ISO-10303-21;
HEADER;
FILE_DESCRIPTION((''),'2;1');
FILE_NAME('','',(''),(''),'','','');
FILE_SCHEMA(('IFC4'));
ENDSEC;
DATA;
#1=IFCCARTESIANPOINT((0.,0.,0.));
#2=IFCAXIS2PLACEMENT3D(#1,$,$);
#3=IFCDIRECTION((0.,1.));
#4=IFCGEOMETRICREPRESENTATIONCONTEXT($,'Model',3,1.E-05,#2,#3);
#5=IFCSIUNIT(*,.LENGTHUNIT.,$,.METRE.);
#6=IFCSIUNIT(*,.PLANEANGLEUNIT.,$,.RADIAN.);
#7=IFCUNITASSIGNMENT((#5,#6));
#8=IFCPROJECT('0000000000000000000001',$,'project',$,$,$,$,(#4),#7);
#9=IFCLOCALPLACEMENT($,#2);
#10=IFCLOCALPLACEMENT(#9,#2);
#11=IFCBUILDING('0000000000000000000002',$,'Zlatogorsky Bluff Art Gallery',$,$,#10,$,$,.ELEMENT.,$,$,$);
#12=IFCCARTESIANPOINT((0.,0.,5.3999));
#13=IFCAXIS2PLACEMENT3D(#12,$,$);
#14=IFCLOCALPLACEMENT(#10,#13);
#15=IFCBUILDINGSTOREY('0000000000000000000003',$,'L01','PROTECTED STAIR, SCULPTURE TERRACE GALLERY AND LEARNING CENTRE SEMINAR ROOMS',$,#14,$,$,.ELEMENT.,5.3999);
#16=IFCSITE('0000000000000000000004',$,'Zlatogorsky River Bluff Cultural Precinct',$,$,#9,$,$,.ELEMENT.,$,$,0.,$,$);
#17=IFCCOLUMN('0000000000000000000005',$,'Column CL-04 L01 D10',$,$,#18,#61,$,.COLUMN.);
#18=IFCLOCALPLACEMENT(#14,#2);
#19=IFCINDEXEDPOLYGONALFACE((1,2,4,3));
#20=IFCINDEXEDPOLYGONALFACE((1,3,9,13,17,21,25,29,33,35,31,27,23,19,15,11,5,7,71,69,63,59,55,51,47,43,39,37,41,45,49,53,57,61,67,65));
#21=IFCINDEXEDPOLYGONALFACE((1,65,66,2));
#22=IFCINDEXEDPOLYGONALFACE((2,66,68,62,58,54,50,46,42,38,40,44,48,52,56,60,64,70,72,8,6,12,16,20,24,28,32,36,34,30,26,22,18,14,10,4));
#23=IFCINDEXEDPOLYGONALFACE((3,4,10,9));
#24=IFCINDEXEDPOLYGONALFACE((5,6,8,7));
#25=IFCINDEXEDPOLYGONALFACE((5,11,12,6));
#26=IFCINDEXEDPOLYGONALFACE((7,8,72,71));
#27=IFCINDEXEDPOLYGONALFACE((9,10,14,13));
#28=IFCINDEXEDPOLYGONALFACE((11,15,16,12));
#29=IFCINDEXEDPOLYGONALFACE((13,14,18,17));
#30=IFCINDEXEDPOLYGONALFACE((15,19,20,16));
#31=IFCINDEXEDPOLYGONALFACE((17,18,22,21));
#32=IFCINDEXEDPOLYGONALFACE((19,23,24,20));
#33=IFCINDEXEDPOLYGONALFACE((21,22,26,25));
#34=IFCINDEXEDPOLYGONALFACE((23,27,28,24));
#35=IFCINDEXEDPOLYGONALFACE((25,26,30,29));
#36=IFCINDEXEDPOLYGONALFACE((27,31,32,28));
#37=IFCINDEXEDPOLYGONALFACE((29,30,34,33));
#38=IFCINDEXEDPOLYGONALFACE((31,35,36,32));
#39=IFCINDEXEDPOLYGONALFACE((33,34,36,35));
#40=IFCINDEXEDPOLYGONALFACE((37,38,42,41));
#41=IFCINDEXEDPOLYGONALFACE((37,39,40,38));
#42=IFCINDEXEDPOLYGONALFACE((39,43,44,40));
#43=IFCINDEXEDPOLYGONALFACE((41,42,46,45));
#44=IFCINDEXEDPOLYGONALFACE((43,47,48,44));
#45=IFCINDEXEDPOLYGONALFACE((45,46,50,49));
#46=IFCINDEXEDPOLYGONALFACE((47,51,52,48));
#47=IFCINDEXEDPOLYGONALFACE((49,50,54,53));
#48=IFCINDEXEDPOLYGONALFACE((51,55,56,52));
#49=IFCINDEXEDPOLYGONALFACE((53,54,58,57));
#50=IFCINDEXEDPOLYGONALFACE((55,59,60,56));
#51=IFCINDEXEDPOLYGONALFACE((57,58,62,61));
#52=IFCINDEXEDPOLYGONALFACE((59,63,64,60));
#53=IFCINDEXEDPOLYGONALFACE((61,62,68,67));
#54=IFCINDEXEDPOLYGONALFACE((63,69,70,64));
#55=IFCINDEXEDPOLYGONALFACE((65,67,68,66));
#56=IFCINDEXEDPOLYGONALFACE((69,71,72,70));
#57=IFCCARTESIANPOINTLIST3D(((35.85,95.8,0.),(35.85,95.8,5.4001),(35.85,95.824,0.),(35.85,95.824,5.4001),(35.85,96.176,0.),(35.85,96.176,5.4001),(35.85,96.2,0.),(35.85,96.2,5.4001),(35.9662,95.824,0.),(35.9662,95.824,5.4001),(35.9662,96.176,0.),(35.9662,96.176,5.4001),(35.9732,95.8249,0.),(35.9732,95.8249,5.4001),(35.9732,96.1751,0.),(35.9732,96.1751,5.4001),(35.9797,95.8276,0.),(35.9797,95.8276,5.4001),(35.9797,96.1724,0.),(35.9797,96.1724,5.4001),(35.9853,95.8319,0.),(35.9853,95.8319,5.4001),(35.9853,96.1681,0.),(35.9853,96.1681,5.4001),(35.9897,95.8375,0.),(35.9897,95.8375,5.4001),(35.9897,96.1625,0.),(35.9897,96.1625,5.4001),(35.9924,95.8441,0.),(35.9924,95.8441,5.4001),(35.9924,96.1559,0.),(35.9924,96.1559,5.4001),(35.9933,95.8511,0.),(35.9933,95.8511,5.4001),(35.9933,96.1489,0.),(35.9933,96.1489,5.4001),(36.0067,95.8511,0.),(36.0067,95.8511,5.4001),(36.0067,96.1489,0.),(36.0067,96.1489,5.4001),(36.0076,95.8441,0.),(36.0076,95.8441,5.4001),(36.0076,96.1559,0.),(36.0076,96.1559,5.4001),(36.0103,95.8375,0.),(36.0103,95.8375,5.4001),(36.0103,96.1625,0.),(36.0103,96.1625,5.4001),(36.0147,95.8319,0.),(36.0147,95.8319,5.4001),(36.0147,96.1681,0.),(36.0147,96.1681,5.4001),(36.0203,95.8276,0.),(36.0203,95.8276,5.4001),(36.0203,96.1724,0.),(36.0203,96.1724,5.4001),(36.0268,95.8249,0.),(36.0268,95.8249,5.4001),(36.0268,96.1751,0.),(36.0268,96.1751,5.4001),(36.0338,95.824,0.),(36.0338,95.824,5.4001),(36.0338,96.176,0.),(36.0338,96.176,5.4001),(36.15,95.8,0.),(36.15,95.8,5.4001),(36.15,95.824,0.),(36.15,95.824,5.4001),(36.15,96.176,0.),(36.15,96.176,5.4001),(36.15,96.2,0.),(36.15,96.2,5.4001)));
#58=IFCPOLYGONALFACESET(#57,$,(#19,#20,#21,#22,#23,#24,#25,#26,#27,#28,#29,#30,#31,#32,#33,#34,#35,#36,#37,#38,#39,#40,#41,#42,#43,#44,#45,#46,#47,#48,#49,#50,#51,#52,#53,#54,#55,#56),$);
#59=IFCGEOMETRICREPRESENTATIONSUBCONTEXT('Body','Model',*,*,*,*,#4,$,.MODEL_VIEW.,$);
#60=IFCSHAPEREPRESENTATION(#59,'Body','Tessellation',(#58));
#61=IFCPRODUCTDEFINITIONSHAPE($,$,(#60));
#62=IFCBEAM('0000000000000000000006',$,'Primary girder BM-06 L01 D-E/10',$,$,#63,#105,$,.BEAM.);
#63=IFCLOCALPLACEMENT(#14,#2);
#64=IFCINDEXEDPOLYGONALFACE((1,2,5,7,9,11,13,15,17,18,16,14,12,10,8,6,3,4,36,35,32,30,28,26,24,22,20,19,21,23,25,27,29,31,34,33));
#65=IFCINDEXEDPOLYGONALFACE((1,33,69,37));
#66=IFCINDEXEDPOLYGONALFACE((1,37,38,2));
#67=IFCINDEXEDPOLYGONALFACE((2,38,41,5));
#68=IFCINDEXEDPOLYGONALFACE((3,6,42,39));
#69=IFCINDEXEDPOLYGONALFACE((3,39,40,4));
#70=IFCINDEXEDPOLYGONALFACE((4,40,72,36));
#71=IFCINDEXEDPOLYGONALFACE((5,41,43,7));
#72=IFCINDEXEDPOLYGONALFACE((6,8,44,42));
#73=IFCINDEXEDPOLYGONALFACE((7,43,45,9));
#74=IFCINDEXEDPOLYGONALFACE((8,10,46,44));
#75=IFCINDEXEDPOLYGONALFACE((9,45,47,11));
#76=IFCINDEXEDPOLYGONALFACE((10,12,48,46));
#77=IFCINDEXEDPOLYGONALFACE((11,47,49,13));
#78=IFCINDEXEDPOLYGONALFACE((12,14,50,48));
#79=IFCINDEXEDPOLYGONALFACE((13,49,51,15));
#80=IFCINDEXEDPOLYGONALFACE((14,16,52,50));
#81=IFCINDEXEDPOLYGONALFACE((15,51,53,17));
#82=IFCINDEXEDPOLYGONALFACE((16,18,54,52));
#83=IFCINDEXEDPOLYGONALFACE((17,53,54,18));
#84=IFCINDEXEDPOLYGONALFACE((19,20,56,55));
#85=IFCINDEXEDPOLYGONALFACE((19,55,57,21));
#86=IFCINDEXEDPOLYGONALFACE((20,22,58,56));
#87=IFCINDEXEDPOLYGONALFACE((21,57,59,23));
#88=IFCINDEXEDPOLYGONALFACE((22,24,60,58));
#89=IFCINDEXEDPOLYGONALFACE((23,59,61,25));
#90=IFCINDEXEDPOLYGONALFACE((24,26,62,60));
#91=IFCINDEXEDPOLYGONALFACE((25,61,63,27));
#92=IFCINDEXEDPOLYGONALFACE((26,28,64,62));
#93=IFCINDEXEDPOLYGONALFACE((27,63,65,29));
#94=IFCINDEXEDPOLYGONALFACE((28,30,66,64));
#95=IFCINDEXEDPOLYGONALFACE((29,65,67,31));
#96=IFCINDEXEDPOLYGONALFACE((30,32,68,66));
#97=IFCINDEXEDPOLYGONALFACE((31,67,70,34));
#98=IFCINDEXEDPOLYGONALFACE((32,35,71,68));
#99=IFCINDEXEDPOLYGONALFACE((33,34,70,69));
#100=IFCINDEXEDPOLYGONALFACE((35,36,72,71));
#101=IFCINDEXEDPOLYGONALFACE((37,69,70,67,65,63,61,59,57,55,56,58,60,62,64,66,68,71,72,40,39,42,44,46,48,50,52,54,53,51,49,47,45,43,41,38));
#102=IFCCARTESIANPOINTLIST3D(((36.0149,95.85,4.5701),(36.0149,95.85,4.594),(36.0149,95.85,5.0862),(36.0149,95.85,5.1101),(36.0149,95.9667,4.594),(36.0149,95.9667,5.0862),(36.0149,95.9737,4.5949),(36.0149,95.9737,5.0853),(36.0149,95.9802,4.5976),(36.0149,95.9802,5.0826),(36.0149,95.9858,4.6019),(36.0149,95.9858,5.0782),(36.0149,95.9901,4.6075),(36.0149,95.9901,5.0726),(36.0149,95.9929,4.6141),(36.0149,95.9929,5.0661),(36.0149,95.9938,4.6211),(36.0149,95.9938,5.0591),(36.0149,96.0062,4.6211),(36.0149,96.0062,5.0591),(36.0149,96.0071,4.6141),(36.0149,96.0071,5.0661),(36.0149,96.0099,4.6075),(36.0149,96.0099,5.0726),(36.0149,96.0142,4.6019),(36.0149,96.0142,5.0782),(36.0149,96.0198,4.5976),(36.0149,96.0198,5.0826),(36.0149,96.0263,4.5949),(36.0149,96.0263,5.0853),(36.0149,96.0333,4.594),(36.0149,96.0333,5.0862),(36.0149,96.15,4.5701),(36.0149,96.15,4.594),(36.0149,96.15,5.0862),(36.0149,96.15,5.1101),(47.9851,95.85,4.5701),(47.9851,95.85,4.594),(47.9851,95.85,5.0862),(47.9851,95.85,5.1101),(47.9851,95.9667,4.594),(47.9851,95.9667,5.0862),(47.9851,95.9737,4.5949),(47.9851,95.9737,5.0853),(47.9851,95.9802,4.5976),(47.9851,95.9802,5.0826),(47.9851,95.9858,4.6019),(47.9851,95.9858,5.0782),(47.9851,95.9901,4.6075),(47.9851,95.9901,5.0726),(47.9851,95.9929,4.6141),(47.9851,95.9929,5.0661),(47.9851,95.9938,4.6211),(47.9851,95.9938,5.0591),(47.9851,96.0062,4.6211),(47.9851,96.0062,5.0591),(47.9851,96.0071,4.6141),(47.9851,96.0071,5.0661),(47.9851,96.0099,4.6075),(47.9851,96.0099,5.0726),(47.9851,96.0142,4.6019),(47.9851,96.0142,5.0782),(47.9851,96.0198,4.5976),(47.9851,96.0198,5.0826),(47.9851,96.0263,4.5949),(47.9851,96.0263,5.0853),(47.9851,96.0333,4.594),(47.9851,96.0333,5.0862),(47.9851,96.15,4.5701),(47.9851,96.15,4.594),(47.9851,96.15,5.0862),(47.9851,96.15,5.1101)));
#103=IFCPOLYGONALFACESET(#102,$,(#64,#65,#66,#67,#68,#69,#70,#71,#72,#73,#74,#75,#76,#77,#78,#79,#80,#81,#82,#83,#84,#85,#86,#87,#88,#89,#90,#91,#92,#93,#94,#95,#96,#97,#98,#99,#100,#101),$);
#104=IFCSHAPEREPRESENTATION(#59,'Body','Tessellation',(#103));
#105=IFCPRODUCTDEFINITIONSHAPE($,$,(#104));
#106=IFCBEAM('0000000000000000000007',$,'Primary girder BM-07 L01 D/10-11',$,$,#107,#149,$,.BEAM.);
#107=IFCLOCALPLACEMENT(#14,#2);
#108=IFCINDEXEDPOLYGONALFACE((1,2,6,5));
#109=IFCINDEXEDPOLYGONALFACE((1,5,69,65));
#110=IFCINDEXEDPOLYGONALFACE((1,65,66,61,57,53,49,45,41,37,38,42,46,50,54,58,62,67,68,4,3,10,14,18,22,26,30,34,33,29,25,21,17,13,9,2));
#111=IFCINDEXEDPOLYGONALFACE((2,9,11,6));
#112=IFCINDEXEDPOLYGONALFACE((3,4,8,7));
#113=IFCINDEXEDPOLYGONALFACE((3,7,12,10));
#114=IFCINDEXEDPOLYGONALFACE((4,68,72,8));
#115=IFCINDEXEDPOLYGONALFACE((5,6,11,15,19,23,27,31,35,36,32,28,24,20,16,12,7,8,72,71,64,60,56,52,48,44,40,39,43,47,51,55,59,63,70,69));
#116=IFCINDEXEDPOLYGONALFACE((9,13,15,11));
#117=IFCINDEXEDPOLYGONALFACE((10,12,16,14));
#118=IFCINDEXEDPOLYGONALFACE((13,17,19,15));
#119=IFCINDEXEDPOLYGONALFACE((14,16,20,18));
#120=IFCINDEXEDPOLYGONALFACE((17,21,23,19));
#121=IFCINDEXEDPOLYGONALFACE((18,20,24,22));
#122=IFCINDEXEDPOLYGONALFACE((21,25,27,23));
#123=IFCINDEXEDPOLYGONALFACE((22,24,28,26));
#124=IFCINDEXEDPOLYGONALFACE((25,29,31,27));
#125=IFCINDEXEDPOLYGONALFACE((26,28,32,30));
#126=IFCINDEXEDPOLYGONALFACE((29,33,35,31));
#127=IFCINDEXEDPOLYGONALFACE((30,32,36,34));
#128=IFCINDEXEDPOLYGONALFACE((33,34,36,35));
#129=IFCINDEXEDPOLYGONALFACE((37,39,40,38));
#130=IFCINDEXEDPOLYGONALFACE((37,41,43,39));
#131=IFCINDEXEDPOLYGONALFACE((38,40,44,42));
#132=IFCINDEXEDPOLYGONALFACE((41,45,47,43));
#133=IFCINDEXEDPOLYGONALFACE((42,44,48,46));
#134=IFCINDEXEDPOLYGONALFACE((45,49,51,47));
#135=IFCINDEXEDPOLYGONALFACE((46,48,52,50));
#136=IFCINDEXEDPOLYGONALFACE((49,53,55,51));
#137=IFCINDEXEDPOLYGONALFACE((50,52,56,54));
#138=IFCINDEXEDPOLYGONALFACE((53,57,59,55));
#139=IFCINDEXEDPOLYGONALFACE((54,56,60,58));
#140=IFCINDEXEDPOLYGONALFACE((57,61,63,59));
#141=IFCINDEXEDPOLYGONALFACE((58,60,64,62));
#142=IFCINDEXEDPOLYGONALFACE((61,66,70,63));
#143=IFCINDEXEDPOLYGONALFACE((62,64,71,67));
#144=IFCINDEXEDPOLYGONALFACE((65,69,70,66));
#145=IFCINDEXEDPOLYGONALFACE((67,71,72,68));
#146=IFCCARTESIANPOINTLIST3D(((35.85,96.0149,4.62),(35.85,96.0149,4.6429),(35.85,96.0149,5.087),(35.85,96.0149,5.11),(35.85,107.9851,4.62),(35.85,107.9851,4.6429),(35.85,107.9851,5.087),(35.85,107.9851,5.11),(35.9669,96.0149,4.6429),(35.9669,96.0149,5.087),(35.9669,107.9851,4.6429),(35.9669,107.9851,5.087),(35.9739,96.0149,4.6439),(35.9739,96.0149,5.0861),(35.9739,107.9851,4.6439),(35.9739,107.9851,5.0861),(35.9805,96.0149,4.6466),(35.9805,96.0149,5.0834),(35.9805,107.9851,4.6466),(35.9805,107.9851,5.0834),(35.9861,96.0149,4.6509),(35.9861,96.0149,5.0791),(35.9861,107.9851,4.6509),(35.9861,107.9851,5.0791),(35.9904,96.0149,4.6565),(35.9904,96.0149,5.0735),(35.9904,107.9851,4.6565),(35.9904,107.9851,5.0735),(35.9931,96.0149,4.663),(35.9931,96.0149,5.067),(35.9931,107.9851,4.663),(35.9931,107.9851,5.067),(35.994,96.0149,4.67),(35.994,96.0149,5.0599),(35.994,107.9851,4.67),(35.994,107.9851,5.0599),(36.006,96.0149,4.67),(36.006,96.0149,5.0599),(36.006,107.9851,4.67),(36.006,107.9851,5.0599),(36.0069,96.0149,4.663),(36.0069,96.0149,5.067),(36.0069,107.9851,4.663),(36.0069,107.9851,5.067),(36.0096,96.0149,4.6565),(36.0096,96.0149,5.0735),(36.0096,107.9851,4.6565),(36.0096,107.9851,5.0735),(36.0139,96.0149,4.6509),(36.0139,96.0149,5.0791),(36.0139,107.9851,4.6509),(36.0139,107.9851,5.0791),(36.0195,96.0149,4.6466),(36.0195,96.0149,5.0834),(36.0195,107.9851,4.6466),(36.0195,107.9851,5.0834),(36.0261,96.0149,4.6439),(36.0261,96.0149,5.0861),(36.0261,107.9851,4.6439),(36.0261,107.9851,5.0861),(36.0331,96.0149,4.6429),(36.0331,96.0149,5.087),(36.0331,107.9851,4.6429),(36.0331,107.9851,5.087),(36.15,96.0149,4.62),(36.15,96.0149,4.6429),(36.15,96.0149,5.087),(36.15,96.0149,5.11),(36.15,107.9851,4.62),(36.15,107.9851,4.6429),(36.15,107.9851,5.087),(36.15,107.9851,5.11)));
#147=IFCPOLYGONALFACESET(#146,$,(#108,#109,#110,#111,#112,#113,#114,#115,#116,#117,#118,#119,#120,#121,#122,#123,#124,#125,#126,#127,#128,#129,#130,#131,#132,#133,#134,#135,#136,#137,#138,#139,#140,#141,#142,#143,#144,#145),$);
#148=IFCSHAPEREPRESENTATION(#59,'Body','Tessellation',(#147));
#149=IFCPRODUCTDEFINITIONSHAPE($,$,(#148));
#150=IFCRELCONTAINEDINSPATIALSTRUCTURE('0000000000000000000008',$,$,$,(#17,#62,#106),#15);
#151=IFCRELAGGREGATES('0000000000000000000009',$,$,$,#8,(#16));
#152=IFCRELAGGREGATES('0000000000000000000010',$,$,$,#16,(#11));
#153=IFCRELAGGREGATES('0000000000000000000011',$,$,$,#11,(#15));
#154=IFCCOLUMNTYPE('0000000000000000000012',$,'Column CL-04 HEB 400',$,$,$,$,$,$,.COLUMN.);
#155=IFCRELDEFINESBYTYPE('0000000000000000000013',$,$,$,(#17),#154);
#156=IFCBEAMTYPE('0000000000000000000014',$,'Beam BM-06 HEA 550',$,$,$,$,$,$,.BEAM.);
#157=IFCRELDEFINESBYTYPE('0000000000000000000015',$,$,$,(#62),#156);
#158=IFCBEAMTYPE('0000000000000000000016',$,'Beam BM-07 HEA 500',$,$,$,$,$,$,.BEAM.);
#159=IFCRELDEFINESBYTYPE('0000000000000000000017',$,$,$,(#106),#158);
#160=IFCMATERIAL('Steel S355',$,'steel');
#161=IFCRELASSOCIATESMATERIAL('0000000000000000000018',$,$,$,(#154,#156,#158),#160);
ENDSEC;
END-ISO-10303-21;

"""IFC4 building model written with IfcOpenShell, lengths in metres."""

from ifc_helpers import new_model, si_unit, direction, frame, origin, origin_2d, place, context, subcontext, project, spatial, i_section, extrude, material, material_profile, profile_set, type_object, element, save


model = new_model("IFC4")

# Units and contexts
model_context = context("Model", 3, precision=1e-05, world=origin(), true_north=direction((0.0, 1.0)))
body_context = subcontext(model_context, "Body", "Model", "MODEL_VIEW")
ifc_project = project(units=[si_unit("LENGTHUNIT", "METRE"), si_unit("PLANEANGLEUNIT", "RADIAN")], contexts=[model_context])

# Site, building, storey
site_placement = place(None, origin())
site = spatial("IfcSite", under=ifc_project, at=site_placement, Name="Zlatogorsky River Bluff Cultural Precinct", CompositionType="ELEMENT", RefElevation=0.0)
building_placement = place(site_placement, origin())
building = spatial("IfcBuilding", under=site, at=building_placement, Name="Zlatogorsky Bluff Art Gallery", CompositionType="ELEMENT")
storey_placement = place(building_placement, frame((0.0, 0.0, 5.3999)))
storey = spatial("IfcBuildingStorey", under=building, at=storey_placement, Name="L01", Description="PROTECTED STAIR, SCULPTURE TERRACE GALLERY AND LEARNING CENTRE SEMINAR ROOMS", CompositionType="ELEMENT", Elevation=5.3999)

# Column
ifc_material_1 = material(Name="Steel S355", Category="steel")
ifc_material_profile_1 = material_profile(ifc_material_1, i_section(OverallWidth=0.3, OverallDepth=0.3999, WebThickness=0.0134, FlangeThickness=0.0239, FilletRadius=0.0271, at=origin_2d()), Name="HEB 400")
ifc_profile_set_1 = profile_set([ifc_material_profile_1], Name="Steel S355")
column_type = type_object("IfcColumnType", Name="Column CL-04 HEB 400", PredefinedType="COLUMN", material=ifc_profile_set_1)
column_placement = place(storey_placement, frame((36.0, 96.0, 0.0), z_axis=(0.0, 0.0, 1.0), x_axis=(1.0, 0.0, 0.0)))
element("IfcColumn", 1, at=column_placement, inside=storey, type_object=column_type, Name="Column CL-04 L01 D10", PredefinedType="COLUMN", context=body_context, shape_type="SweptSolid", body=[
    extrude(i_section(OverallWidth=0.3, OverallDepth=0.3999, WebThickness=0.0134, FlangeThickness=0.0239, FilletRadius=0.0271, at=origin_2d()), origin(), (0.0, 0.0, 1.0), 5.4001),
])

# Beams
ifc_material_profile_2 = material_profile(ifc_material_1, i_section(OverallWidth=0.3, OverallDepth=0.54, WebThickness=0.0125, FlangeThickness=0.0239, FilletRadius=0.0271, at=origin_2d()), Name="HEA 550")
ifc_profile_set_2 = profile_set([ifc_material_profile_2], Name="Steel S355")
beam_type_1 = type_object("IfcBeamType", Name="Beam BM-06 HEA 550", PredefinedType="BEAM", material=ifc_profile_set_2)
beam_1_placement = place(storey_placement, frame((36.0149, 96.0, 4.8401), z_axis=(1.0, 0.0, 0.0), x_axis=(0.0, 1.0, 0.0)))
element("IfcBeam", 2, at=beam_1_placement, inside=storey, type_object=beam_type_1, Name="Primary girder BM-06 L01 D-E/10", PredefinedType="BEAM", context=body_context, shape_type="SweptSolid", body=[
    extrude(i_section(OverallWidth=0.3, OverallDepth=0.54, WebThickness=0.0125, FlangeThickness=0.0239, FilletRadius=0.0271, at=origin_2d()), origin(), (0.0, 0.0, 1.0), 11.9702),
])
ifc_material_profile_3 = material_profile(ifc_material_1, i_section(OverallWidth=0.3, OverallDepth=0.49, WebThickness=0.012, FlangeThickness=0.0229, FilletRadius=0.0271, at=origin_2d()), Name="HEA 500")
ifc_profile_set_3 = profile_set([ifc_material_profile_3], Name="Steel S355")
beam_type_2 = type_object("IfcBeamType", Name="Beam BM-07 HEA 500", PredefinedType="BEAM", material=ifc_profile_set_3)
beam_2_placement = place(storey_placement, frame((36.0, 96.0149, 4.865), z_axis=(0.0, 1.0, 0.0), x_axis=(-1.0, 0.0, 0.0)))
element("IfcBeam", 3, at=beam_2_placement, inside=storey, type_object=beam_type_2, Name="Primary girder BM-07 L01 D/10-11", PredefinedType="BEAM", context=body_context, shape_type="SweptSolid", body=[
    extrude(i_section(OverallWidth=0.3, OverallDepth=0.49, WebThickness=0.012, FlangeThickness=0.0229, FilletRadius=0.0271, at=origin_2d()), origin(), (0.0, 0.0, 1.0), 11.9702),
])

save(model, "model.ifc")
